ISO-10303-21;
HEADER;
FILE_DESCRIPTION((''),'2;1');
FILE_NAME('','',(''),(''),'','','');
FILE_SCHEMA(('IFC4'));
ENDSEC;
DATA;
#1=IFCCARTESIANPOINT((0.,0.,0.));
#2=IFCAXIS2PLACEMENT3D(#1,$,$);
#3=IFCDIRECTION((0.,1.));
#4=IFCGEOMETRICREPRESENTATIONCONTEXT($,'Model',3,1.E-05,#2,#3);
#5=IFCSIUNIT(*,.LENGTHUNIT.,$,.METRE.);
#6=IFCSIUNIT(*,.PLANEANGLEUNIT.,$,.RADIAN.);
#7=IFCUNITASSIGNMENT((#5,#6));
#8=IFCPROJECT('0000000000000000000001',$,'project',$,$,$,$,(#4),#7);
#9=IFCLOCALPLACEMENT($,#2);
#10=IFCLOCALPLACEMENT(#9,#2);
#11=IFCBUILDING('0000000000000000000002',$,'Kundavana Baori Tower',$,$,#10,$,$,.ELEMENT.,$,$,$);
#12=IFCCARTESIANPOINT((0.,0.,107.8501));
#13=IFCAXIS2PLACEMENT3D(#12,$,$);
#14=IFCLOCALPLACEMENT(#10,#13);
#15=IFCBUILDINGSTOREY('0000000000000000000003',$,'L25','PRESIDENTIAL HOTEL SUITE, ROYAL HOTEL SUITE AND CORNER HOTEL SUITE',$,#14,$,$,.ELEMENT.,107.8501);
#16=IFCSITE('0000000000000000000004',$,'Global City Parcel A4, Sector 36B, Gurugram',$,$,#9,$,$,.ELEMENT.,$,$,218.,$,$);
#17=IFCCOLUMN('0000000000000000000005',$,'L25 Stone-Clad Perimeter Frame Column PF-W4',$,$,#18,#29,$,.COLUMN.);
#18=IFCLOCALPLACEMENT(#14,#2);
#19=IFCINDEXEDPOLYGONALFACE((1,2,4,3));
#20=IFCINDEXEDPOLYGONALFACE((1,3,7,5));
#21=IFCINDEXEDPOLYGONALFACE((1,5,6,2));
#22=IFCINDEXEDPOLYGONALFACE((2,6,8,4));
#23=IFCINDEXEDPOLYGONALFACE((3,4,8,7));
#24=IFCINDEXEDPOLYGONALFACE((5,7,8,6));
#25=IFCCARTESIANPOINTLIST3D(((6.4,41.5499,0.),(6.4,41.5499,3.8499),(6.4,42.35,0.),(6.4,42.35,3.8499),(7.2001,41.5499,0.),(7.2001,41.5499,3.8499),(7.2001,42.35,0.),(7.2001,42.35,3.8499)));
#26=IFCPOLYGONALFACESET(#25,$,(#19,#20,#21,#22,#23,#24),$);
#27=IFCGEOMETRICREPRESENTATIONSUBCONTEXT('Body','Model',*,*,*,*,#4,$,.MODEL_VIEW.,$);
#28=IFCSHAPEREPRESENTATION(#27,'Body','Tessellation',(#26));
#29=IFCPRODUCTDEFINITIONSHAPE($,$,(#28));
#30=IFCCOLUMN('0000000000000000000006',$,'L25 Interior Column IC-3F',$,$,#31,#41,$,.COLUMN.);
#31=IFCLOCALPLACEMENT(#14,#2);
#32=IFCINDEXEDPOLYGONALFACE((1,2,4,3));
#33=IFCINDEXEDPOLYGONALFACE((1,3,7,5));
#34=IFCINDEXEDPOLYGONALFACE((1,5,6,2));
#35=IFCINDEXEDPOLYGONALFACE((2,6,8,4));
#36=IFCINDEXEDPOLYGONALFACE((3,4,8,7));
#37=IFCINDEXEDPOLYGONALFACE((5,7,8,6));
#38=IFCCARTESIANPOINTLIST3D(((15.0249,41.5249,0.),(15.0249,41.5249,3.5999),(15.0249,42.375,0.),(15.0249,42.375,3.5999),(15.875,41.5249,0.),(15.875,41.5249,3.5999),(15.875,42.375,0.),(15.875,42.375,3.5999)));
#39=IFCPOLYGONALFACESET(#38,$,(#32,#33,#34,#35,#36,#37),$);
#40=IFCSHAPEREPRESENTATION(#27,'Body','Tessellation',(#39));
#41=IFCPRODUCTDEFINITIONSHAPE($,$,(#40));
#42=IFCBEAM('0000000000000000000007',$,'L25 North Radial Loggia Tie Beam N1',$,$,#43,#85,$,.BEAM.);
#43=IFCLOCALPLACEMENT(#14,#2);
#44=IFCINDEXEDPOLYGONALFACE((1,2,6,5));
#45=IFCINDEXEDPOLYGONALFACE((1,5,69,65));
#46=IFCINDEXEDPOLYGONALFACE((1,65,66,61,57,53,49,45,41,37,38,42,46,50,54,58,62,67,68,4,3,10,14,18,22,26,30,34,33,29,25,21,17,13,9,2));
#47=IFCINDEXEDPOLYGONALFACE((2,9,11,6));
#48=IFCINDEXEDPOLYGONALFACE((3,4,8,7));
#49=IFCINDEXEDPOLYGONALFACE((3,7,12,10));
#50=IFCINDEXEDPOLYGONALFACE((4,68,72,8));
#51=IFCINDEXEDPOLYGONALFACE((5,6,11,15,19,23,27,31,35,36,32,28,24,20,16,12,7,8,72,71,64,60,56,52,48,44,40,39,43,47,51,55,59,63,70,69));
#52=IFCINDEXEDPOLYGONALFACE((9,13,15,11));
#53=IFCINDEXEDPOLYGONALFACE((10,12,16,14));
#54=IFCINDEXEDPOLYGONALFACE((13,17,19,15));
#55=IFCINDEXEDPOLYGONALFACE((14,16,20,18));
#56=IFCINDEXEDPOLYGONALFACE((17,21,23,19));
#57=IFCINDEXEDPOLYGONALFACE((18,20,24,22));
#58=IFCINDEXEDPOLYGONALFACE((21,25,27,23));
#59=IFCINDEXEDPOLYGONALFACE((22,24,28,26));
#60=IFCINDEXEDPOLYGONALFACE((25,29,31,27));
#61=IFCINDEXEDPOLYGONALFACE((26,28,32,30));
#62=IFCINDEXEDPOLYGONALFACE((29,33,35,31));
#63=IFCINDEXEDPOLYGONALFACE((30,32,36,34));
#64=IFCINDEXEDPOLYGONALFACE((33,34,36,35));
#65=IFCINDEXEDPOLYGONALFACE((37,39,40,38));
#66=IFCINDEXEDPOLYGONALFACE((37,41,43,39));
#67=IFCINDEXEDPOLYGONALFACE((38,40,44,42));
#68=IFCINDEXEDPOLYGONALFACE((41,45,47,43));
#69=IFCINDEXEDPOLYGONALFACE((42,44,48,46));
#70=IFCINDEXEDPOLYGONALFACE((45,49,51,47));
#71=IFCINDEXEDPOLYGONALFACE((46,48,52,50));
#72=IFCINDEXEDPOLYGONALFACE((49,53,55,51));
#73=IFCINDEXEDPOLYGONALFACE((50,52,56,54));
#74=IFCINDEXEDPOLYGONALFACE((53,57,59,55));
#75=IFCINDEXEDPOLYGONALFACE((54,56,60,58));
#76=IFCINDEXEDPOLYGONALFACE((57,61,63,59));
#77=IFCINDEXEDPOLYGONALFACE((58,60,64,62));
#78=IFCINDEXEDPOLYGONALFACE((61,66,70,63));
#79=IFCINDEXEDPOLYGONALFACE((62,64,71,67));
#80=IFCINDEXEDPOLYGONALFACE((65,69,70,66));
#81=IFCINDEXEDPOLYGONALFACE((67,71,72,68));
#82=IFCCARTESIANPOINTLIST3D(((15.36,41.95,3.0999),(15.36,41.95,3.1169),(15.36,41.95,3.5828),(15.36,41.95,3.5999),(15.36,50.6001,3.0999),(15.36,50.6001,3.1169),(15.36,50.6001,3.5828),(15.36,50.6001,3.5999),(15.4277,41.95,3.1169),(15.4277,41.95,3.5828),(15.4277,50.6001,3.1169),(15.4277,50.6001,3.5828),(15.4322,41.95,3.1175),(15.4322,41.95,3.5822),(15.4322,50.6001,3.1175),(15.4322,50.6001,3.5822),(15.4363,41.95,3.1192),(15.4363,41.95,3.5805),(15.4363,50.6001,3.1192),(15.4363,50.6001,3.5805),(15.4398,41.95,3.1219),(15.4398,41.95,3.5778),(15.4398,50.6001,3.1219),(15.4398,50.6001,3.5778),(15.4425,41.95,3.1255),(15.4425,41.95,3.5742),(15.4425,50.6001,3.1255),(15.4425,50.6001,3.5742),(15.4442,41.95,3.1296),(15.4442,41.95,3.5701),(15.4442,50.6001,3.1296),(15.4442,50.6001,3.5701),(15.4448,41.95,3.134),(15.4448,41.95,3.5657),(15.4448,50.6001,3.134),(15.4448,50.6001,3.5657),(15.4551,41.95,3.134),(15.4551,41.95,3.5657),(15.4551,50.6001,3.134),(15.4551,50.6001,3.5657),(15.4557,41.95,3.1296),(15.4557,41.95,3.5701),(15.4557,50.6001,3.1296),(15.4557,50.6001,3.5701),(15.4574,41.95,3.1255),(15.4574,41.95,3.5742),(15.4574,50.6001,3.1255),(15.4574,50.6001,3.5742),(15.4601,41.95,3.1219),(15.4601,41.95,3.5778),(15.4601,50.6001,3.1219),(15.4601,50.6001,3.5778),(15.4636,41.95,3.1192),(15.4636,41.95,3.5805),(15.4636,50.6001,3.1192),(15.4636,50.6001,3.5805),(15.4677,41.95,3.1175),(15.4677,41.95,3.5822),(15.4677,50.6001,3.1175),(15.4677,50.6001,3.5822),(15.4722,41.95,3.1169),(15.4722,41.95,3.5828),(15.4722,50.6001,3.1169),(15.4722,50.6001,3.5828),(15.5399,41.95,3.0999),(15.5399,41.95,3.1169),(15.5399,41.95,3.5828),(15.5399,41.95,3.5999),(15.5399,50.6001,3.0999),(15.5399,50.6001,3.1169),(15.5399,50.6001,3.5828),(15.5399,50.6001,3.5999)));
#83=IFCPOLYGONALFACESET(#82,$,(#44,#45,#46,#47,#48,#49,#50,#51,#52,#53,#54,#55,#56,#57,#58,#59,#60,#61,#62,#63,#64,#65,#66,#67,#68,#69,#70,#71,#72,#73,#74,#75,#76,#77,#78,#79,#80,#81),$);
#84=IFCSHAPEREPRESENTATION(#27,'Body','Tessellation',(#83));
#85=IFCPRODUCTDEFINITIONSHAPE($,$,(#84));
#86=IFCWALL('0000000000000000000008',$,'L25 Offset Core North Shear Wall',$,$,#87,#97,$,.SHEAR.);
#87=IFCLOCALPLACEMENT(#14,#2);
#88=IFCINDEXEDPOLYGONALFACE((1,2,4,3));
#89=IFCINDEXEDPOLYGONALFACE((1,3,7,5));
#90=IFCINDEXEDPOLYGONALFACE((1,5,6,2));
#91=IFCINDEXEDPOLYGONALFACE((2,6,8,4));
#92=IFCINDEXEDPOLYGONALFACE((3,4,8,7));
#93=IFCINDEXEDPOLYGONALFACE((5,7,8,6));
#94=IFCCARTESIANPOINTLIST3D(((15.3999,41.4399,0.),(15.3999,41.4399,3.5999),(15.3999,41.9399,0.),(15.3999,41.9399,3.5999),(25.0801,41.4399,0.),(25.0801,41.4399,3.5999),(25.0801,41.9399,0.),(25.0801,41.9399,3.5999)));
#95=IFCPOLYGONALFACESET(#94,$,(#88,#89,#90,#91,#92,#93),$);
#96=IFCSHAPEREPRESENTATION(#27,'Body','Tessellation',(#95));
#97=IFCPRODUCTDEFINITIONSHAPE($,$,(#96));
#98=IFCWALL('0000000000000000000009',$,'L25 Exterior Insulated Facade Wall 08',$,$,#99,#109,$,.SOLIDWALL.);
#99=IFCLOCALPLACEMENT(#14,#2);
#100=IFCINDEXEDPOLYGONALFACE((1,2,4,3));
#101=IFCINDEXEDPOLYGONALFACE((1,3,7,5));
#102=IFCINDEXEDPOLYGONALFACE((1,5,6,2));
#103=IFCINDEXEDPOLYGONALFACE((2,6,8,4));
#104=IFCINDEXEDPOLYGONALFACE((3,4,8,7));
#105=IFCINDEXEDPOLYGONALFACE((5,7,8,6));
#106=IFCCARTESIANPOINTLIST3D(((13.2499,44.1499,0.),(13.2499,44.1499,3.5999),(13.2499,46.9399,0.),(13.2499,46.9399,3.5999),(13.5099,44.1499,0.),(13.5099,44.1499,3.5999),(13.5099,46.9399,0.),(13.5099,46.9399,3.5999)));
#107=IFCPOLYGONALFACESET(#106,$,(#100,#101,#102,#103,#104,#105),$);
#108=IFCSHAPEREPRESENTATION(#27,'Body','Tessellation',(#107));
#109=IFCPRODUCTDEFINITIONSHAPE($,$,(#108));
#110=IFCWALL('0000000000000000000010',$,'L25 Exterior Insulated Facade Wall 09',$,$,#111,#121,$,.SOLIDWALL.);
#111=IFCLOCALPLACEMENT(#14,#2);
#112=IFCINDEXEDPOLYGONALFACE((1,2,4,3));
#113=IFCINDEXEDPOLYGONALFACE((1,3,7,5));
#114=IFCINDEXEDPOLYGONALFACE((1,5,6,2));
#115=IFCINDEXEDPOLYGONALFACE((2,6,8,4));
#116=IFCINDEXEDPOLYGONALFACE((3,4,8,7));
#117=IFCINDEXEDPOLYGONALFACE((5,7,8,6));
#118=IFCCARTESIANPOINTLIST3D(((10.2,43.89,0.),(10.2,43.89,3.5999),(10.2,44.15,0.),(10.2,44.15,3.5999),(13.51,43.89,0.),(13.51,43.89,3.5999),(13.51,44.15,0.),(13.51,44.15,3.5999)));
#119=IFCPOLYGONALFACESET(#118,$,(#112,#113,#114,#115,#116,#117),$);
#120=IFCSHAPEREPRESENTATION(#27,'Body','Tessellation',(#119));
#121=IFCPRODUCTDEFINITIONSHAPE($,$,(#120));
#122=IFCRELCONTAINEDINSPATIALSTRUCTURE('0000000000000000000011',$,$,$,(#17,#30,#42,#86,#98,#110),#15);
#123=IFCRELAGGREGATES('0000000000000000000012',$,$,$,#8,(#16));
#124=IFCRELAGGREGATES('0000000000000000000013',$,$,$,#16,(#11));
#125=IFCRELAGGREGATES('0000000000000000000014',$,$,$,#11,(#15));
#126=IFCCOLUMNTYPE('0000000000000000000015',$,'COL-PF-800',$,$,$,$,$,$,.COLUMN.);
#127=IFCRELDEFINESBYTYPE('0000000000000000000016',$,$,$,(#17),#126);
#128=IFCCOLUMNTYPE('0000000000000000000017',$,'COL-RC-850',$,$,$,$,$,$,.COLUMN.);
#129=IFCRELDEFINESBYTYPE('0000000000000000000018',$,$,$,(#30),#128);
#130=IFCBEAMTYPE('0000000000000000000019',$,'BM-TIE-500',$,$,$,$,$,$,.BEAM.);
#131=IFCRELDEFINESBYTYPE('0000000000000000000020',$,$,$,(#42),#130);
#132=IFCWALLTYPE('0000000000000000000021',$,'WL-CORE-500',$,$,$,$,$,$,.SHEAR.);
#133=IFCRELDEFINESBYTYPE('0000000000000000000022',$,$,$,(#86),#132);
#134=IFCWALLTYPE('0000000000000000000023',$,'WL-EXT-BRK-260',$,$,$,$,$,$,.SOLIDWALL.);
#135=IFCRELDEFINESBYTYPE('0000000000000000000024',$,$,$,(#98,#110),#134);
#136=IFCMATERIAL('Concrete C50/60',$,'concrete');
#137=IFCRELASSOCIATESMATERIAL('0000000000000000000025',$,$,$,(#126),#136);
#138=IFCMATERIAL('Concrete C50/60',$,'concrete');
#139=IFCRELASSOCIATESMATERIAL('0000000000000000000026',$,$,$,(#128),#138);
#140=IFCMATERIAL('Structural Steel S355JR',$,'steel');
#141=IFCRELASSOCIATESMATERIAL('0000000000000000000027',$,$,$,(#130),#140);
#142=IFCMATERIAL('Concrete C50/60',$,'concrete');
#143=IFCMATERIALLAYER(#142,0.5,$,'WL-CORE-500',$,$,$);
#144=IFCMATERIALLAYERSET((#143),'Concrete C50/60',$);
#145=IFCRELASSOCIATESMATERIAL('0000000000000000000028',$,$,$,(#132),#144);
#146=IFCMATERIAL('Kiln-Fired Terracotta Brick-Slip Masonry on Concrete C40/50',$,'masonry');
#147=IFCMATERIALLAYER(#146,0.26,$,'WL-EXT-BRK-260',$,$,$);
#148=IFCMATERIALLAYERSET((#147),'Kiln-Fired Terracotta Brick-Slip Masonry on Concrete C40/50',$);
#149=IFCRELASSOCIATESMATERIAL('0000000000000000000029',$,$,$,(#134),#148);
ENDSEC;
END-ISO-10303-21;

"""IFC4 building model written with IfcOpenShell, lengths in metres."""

from ifc_helpers import new_model, si_unit, direction, frame, frame_2d, origin, origin_2d, place, context, subcontext, project, spatial, rectangle, i_section, extrude, material, layer, layer_set, material_profile, profile_set, type_object, element, save


model = new_model("IFC4")

# Units and contexts
model_context = context("Model", 3, precision=1e-05, world=origin(), true_north=direction((0.0, 1.0)))
body_context = subcontext(model_context, "Body", "Model", "MODEL_VIEW")
ifc_project = project(units=[si_unit("LENGTHUNIT", "METRE"), si_unit("PLANEANGLEUNIT", "RADIAN")], contexts=[model_context])

# Site, building, storey
site_placement = place(None, origin())
site = spatial("IfcSite", under=ifc_project, at=site_placement, Name="Global City Parcel A4, Sector 36B, Gurugram", CompositionType="ELEMENT", RefElevation=218.0)
building_placement = place(site_placement, origin())
building = spatial("IfcBuilding", under=site, at=building_placement, Name="Kundavana Baori Tower", CompositionType="ELEMENT")
storey_placement = place(building_placement, frame((0.0, 0.0, 107.8501)))
storey = spatial("IfcBuildingStorey", under=building, at=storey_placement, Name="L25", Description="PRESIDENTIAL HOTEL SUITE, ROYAL HOTEL SUITE AND CORNER HOTEL SUITE", CompositionType="ELEMENT", Elevation=107.8501)

# Columns
ifc_material_1 = material(Name="Concrete C50/60", Category="concrete")
ifc_material_profile_1 = material_profile(ifc_material_1, rectangle(XDim=0.8, YDim=0.8, at=origin_2d()), Name="RC PF 800x800")
ifc_profile_set_1 = profile_set([ifc_material_profile_1], Name="Concrete C50/60")
column_type_1 = type_object("IfcColumnType", Name="COL-PF-800", PredefinedType="COLUMN", material=ifc_profile_set_1)
column_1_placement = place(storey_placement, frame((6.8, 41.95, 0.0), z_axis=(0.0, 0.0, 1.0), x_axis=(1.0, 0.0, 0.0)))
element("IfcColumn", 1, at=column_1_placement, inside=storey, type_object=column_type_1, Name="L25 Stone-Clad Perimeter Frame Column PF-W4", PredefinedType="COLUMN", context=body_context, shape_type="SweptSolid", body=[
    extrude(rectangle(XDim=0.8, YDim=0.8, at=origin_2d()), origin(), (0.0, 0.0, 1.0), 3.8499),
])
ifc_material_2 = material(Name="Concrete C50/60", Category="concrete")
ifc_material_profile_2 = material_profile(ifc_material_2, rectangle(XDim=0.8501, YDim=0.8501, at=origin_2d()), Name="RC 850x850")
ifc_profile_set_2 = profile_set([ifc_material_profile_2], Name="Concrete C50/60")
column_type_2 = type_object("IfcColumnType", Name="COL-RC-850", PredefinedType="COLUMN", material=ifc_profile_set_2)
column_2_placement = place(storey_placement, frame((15.45, 41.95, 0.0), z_axis=(0.0, 0.0, 1.0), x_axis=(1.0, 0.0, 0.0)))
element("IfcColumn", 2, at=column_2_placement, inside=storey, type_object=column_type_2, Name="L25 Interior Column IC-3F", PredefinedType="COLUMN", context=body_context, shape_type="SweptSolid", body=[
    extrude(rectangle(XDim=0.8501, YDim=0.8501, at=origin_2d()), origin(), (0.0, 0.0, 1.0), 3.5999),
])

# Beam
ifc_material_3 = material(Name="Structural Steel S355JR", Category="steel")
ifc_material_profile_3 = material_profile(ifc_material_3, i_section(OverallWidth=0.1799, OverallDepth=0.5, WebThickness=0.0103, FlangeThickness=0.0171, FilletRadius=0.0171, at=origin_2d()), Name="ISMB 500")
ifc_profile_set_3 = profile_set([ifc_material_profile_3], Name="Structural Steel S355JR")
beam_type = type_object("IfcBeamType", Name="BM-TIE-500", PredefinedType="BEAM", material=ifc_profile_set_3)
beam_placement = place(storey_placement, frame((15.45, 41.95, 3.3499), z_axis=(0.0, 1.0, 0.0), x_axis=(-1.0, 0.0, 0.0)))
element("IfcBeam", 3, at=beam_placement, inside=storey, type_object=beam_type, Name="L25 North Radial Loggia Tie Beam N1", PredefinedType="BEAM", context=body_context, shape_type="SweptSolid", body=[
    extrude(i_section(OverallWidth=0.1799, OverallDepth=0.5, WebThickness=0.0103, FlangeThickness=0.0171, FilletRadius=0.0171, at=origin_2d()), origin(), (0.0, 0.0, 1.0), 8.6501),
])

# Walls
ifc_material_4 = material(Name="Concrete C50/60", Category="concrete")
ifc_layer_1 = layer(ifc_material_4, 0.5, Name="WL-CORE-500")
ifc_layer_set_1 = layer_set([ifc_layer_1], Name="Concrete C50/60")
wall_type_1 = type_object("IfcWallType", Name="WL-CORE-500", PredefinedType="SHEAR", material=ifc_layer_set_1)
wall_1_placement = place(storey_placement, frame((15.3999, 41.6899, 0.0), z_axis=(0.0, 0.0, 1.0), x_axis=(1.0, 0.0, 0.0)))
element("IfcWall", 4, at=wall_1_placement, inside=storey, type_object=wall_type_1, Name="L25 Offset Core North Shear Wall", PredefinedType="SHEAR", context=body_context, shape_type="SweptSolid", body=[
    extrude(rectangle(XDim=9.6802, YDim=0.5, at=frame_2d((4.8401, 0.0))), origin(), (0.0, 0.0, 1.0), 3.5999),
])
ifc_material_5 = material(Name="Kiln-Fired Terracotta Brick-Slip Masonry on Concrete C40/50", Category="masonry")
ifc_layer_2 = layer(ifc_material_5, 0.26, Name="WL-EXT-BRK-260")
ifc_layer_set_2 = layer_set([ifc_layer_2], Name="Kiln-Fired Terracotta Brick-Slip Masonry on Concrete C40/50")
wall_type_2 = type_object("IfcWallType", Name="WL-EXT-BRK-260", PredefinedType="SOLIDWALL", material=ifc_layer_set_2)
wall_2_placement = place(storey_placement, frame((13.3799, 46.9399, 0.0), z_axis=(0.0, 0.0, 1.0), x_axis=(0.0, -1.0, 0.0)))
element("IfcWall", 5, at=wall_2_placement, inside=storey, type_object=wall_type_2, Name="L25 Exterior Insulated Facade Wall 08", PredefinedType="SOLIDWALL", context=body_context, shape_type="SweptSolid", body=[
    extrude(rectangle(XDim=2.79, YDim=0.26, at=frame_2d((1.395, 0.0))), origin(), (0.0, 0.0, 1.0), 3.5999),
])
wall_3_placement = place(storey_placement, frame((13.51, 44.02, 0.0), z_axis=(0.0, 0.0, 1.0), x_axis=(-1.0, 0.0, 0.0)))
element("IfcWall", 6, at=wall_3_placement, inside=storey, type_object=wall_type_2, Name="L25 Exterior Insulated Facade Wall 09", PredefinedType="SOLIDWALL", context=body_context, shape_type="SweptSolid", body=[
    extrude(rectangle(XDim=3.3101, YDim=0.26, at=frame_2d((1.655, 0.0))), origin(), (0.0, 0.0, 1.0), 3.5999),
])

save(model, "model.ifc")
